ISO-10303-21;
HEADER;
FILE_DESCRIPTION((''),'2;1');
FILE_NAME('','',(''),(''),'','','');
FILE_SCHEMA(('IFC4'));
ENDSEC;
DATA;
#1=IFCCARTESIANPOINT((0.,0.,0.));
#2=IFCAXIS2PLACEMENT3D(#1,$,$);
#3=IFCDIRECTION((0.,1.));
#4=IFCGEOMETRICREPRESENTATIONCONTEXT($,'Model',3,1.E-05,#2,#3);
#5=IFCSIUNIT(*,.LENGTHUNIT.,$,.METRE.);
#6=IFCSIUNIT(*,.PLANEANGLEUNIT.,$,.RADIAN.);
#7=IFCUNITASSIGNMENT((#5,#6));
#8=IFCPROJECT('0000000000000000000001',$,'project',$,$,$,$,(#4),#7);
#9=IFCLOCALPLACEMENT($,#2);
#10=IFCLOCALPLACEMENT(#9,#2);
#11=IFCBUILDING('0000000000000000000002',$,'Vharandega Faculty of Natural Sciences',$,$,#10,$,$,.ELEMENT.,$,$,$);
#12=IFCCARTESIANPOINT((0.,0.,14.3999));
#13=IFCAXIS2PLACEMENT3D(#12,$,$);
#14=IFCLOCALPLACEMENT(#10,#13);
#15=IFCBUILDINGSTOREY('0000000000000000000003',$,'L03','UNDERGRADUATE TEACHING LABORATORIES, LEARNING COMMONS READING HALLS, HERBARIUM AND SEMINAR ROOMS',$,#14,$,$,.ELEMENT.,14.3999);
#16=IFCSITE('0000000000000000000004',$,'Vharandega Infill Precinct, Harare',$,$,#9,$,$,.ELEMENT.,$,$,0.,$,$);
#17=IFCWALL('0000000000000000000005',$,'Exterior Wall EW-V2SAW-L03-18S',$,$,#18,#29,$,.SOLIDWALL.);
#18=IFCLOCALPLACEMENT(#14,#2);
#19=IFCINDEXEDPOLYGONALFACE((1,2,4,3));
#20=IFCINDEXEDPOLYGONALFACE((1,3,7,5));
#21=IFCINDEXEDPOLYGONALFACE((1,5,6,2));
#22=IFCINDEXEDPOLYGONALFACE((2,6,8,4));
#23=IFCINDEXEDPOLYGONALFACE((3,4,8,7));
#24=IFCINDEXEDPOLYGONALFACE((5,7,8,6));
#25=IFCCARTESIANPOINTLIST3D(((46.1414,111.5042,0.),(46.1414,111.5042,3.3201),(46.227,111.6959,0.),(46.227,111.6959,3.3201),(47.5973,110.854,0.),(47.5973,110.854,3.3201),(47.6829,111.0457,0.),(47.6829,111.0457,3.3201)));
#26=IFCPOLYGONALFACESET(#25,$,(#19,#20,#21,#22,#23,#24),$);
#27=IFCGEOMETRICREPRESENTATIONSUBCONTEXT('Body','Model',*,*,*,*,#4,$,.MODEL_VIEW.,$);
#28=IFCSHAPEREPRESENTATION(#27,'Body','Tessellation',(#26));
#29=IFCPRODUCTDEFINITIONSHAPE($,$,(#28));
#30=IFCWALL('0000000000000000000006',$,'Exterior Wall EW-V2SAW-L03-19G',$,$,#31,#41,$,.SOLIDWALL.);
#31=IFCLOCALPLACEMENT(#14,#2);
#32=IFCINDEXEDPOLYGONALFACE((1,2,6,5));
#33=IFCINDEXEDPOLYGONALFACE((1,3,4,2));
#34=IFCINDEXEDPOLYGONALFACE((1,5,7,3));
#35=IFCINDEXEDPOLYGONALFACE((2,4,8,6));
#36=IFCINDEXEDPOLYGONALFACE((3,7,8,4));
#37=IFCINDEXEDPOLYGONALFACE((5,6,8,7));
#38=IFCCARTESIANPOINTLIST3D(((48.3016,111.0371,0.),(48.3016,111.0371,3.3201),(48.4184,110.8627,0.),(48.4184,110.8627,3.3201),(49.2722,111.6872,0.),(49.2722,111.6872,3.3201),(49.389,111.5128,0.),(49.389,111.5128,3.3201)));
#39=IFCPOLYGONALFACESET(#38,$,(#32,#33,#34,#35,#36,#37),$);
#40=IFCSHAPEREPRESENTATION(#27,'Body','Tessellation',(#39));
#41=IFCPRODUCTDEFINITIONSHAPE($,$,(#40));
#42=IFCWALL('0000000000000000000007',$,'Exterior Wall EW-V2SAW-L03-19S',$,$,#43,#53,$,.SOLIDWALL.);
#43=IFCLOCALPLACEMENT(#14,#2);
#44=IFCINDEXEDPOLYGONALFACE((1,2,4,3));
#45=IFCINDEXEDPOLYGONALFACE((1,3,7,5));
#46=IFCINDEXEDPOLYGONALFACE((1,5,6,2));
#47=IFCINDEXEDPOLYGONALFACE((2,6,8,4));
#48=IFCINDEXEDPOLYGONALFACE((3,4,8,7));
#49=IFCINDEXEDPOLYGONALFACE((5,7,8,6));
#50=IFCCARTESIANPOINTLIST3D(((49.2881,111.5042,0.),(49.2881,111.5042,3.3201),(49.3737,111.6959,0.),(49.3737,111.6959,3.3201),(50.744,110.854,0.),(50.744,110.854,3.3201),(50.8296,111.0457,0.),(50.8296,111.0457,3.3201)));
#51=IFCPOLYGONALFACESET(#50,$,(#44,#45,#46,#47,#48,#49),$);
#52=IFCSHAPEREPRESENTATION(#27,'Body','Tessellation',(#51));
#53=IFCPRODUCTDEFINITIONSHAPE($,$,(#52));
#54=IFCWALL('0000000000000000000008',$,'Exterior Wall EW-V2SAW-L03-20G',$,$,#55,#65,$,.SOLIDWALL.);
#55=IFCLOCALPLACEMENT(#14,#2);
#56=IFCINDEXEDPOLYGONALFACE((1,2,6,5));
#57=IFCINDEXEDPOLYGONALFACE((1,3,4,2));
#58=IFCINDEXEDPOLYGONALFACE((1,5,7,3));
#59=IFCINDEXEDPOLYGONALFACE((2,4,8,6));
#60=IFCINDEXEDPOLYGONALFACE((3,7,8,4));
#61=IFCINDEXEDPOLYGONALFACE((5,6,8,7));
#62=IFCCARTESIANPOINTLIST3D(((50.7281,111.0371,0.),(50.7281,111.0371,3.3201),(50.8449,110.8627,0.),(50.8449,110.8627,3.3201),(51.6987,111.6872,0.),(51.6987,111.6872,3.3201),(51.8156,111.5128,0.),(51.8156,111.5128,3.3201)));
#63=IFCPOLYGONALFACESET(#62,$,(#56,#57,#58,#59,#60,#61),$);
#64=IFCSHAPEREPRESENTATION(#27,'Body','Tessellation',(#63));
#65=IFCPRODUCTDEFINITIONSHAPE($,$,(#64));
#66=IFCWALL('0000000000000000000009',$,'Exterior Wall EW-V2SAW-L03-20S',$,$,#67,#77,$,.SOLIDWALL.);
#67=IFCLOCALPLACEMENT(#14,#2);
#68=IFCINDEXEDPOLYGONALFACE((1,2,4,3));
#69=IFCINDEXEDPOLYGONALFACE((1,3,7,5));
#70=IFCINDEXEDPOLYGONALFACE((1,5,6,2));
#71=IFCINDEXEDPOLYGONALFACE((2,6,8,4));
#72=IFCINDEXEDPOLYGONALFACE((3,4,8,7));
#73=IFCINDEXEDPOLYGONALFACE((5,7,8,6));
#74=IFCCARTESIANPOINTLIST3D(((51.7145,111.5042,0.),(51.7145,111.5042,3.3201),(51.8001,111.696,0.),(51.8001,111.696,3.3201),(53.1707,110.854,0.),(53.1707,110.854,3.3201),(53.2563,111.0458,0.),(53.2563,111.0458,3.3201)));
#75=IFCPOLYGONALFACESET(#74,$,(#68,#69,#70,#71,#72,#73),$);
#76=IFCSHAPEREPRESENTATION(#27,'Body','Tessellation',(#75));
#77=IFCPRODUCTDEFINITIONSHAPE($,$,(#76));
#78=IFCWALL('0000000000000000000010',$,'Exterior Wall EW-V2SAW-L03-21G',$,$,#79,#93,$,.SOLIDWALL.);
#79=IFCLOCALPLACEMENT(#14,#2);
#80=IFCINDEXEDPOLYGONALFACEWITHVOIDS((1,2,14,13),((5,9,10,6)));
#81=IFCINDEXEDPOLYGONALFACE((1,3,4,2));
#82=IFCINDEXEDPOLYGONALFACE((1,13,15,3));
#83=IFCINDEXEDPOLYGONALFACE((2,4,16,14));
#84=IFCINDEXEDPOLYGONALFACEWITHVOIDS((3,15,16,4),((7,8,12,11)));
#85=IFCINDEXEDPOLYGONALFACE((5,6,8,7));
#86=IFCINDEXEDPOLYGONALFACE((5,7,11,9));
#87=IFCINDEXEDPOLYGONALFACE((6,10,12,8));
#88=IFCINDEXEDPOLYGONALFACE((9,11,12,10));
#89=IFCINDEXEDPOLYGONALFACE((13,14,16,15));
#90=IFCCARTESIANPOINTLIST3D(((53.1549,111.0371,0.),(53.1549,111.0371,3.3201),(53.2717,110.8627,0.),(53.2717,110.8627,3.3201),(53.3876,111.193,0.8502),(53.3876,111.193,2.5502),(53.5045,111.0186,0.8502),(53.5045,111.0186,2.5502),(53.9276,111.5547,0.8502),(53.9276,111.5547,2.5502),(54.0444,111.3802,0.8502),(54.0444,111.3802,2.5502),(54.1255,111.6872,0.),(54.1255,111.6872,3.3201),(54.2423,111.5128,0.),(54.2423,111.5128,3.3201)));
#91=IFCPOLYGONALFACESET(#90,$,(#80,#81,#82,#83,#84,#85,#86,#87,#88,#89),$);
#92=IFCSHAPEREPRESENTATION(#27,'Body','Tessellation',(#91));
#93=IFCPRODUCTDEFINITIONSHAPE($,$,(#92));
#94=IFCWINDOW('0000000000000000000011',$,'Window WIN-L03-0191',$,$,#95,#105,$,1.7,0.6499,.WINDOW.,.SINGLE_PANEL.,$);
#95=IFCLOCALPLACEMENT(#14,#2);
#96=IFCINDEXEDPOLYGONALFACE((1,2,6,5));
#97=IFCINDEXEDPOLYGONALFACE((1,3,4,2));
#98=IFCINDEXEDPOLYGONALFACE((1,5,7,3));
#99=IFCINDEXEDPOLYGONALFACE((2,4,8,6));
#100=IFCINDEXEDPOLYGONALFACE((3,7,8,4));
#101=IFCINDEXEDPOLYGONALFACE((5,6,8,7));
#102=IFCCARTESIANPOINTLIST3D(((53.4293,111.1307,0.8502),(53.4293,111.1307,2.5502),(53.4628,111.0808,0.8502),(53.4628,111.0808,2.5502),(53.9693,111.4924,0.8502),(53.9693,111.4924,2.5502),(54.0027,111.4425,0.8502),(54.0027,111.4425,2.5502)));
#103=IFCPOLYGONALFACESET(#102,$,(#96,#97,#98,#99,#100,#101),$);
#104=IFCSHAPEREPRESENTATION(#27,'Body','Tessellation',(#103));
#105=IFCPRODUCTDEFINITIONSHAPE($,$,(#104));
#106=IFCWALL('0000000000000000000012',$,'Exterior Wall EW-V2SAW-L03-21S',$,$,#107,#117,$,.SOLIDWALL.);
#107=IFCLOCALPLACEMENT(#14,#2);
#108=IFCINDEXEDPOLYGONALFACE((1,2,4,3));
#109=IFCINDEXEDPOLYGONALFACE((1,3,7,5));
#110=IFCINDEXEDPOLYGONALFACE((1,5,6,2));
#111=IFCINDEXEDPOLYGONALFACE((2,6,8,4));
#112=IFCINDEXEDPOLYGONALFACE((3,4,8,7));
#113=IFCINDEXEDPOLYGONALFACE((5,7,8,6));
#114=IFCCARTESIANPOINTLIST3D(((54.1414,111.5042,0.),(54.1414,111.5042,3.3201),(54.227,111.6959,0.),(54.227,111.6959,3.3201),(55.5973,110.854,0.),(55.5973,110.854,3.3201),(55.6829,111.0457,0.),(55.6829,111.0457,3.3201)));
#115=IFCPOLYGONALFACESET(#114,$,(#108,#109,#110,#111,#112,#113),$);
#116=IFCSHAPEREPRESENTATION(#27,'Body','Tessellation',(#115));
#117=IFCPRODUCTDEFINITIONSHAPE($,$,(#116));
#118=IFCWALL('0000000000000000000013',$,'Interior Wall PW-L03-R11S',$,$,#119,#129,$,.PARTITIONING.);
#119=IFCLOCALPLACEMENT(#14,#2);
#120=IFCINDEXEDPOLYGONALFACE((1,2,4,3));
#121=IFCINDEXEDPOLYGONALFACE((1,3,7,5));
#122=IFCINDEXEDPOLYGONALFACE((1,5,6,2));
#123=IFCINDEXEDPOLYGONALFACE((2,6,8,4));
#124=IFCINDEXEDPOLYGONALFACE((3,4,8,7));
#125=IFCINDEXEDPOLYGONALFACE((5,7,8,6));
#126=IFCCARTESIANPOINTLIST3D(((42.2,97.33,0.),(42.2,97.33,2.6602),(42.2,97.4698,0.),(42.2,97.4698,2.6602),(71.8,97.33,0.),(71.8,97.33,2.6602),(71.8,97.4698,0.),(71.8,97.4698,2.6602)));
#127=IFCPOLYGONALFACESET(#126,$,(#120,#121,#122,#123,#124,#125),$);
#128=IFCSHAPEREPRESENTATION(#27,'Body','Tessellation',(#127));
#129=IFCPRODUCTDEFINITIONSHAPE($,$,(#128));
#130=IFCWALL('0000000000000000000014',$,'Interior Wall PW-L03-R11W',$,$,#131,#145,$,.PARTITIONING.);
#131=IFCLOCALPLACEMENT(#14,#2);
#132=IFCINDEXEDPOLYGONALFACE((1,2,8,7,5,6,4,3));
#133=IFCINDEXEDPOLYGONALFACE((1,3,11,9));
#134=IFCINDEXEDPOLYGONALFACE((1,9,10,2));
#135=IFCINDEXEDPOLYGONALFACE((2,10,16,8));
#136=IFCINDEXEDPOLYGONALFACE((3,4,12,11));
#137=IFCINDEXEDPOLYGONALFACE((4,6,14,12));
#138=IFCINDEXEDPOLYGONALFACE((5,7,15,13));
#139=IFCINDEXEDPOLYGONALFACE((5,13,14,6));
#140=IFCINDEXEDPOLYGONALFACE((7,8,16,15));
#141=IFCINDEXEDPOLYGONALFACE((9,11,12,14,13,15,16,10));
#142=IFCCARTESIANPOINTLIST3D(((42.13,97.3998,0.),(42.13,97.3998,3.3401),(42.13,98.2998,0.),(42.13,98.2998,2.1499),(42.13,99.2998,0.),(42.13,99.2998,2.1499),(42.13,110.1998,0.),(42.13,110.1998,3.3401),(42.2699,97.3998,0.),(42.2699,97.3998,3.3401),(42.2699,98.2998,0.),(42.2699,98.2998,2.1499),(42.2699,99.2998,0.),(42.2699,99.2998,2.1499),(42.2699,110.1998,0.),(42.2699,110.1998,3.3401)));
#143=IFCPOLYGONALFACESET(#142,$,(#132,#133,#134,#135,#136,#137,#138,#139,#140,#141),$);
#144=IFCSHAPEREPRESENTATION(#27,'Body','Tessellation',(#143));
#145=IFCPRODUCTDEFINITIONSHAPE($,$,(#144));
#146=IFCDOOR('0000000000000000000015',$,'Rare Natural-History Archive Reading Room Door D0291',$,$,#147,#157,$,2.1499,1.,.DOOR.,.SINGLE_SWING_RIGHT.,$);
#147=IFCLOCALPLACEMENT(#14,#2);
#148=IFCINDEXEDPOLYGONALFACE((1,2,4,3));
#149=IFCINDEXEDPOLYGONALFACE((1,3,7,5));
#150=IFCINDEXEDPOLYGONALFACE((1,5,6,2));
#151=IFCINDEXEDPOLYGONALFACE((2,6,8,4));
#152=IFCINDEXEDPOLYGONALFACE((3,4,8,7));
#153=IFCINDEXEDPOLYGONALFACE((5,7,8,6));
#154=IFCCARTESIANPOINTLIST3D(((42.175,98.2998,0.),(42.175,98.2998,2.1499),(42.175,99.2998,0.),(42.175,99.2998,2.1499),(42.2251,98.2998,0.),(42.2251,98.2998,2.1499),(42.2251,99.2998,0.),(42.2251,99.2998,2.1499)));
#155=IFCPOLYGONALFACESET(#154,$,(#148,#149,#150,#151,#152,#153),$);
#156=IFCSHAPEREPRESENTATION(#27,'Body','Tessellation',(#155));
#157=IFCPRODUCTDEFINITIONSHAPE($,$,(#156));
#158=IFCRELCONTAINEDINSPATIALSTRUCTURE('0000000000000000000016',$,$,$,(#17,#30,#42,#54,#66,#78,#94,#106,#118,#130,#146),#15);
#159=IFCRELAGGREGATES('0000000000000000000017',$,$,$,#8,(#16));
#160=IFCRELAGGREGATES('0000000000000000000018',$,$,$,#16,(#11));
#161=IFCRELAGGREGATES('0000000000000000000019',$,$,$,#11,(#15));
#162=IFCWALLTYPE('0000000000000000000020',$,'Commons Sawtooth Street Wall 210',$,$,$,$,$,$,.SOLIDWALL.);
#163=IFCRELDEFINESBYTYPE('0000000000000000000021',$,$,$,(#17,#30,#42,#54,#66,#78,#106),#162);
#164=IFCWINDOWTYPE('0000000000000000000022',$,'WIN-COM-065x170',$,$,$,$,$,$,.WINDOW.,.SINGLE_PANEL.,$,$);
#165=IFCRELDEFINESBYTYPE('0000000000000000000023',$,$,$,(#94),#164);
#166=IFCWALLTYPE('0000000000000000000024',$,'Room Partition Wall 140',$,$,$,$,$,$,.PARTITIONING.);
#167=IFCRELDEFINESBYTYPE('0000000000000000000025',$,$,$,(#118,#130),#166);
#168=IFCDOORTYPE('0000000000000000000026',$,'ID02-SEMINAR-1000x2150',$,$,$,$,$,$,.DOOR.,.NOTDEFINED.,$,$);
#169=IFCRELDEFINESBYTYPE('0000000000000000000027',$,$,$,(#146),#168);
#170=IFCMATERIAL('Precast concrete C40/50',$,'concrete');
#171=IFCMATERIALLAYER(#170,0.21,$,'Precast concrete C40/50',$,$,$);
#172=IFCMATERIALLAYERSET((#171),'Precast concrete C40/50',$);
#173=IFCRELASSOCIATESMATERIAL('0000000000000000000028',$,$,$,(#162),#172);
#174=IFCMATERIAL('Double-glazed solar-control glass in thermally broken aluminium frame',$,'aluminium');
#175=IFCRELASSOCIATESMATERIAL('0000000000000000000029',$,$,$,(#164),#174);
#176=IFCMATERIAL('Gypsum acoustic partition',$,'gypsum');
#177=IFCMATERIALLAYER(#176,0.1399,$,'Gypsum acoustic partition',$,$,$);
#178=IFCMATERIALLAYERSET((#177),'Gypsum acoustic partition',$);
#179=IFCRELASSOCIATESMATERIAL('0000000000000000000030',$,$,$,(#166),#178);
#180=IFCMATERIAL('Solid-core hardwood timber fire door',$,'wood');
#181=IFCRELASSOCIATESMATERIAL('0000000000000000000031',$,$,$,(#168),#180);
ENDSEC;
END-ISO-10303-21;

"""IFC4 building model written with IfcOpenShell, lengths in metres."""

from ifc_helpers import new_model, si_unit, direction, frame, frame_2d, origin, place, context, subcontext, project, spatial, rectangle, extrude, material, layer, layer_set, type_object, element, fill, save


model = new_model("IFC4")

# Units and contexts
model_context = context("Model", 3, precision=1e-05, world=origin(), true_north=direction((0.0, 1.0)))
body_context = subcontext(model_context, "Body", "Model", "MODEL_VIEW")
ifc_project = project(units=[si_unit("LENGTHUNIT", "METRE"), si_unit("PLANEANGLEUNIT", "RADIAN")], contexts=[model_context])

# Site, building, storey
site_placement = place(None, origin())
site = spatial("IfcSite", under=ifc_project, at=site_placement, Name="Vharandega Infill Precinct, Harare", CompositionType="ELEMENT", RefElevation=0.0)
building_placement = place(site_placement, origin())
building = spatial("IfcBuilding", under=site, at=building_placement, Name="Vharandega Faculty of Natural Sciences", CompositionType="ELEMENT")
storey_placement = place(building_placement, frame((0.0, 0.0, 14.3999)))
storey = spatial("IfcBuildingStorey", under=building, at=storey_placement, Name="L03", Description="UNDERGRADUATE TEACHING LABORATORIES, LEARNING COMMONS READING HALLS, HERBARIUM AND SEMINAR ROOMS", CompositionType="ELEMENT", Elevation=14.3999)

# Shared definitions
ifc_material_1 = material(Name="Precast concrete C40/50", Category="concrete")
ifc_layer_1 = layer(ifc_material_1, 0.21, Name="Precast concrete C40/50")
ifc_layer_set_1 = layer_set([ifc_layer_1], Name="Precast concrete C40/50")
wall_type_1 = type_object("IfcWallType", Name="Commons Sawtooth Street Wall 210", PredefinedType="SOLIDWALL", material=ifc_layer_set_1)

# Shared definitions
ifc_material_2 = material(Name="Double-glazed solar-control glass in thermally broken aluminium frame", Category="aluminium")
window_type = type_object("IfcWindowType", Name="WIN-COM-065x170", PartitioningType="SINGLE_PANEL", PredefinedType="WINDOW", material=ifc_material_2)

# Walls
wall_1_placement = place(storey_placement, frame((46.1841, 111.6001, 0.0), z_axis=(0.0, 0.0, 1.0), x_axis=(0.913084, -0.407772, 0.0)))
element("IfcWall", 1, at=wall_1_placement, inside=storey, type_object=wall_type_1, Name="Exterior Wall EW-V2SAW-L03-18S", PredefinedType="SOLIDWALL", context=body_context, shape_type="SweptSolid", body=[
    extrude(rectangle(XDim=1.5945, YDim=0.21, at=frame_2d((0.7974, 0.0))), origin(), (0.0, 0.0, 1.0), 3.3201),
])
wall_2_placement = place(storey_placement, frame((48.3601, 110.95, 0.0), z_axis=(0.0, 0.0, 1.0), x_axis=(0.830859, 0.556483, 0.0)))
element("IfcWall", 2, at=wall_2_placement, inside=storey, type_object=wall_type_1, Name="Exterior Wall EW-V2SAW-L03-19G", PredefinedType="SOLIDWALL", context=body_context, shape_type="SweptSolid", body=[
    extrude(rectangle(XDim=1.1682, YDim=0.21, at=frame_2d((0.584, 0.0))), origin(), (0.0, 0.0, 1.0), 3.3201),
])
wall_3_placement = place(storey_placement, frame((49.3308, 111.6001, 0.0), z_axis=(0.0, 0.0, 1.0), x_axis=(0.913084, -0.407772, 0.0)))
element("IfcWall", 3, at=wall_3_placement, inside=storey, type_object=wall_type_1, Name="Exterior Wall EW-V2SAW-L03-19S", PredefinedType="SOLIDWALL", context=body_context, shape_type="SweptSolid", body=[
    extrude(rectangle(XDim=1.5945, YDim=0.21, at=frame_2d((0.7974, 0.0))), origin(), (0.0, 0.0, 1.0), 3.3201),
])
wall_4_placement = place(storey_placement, frame((50.7866, 110.95, 0.0), z_axis=(0.0, 0.0, 1.0), x_axis=(0.830859, 0.556483, 0.0)))
element("IfcWall", 4, at=wall_4_placement, inside=storey, type_object=wall_type_1, Name="Exterior Wall EW-V2SAW-L03-20G", PredefinedType="SOLIDWALL", context=body_context, shape_type="SweptSolid", body=[
    extrude(rectangle(XDim=1.1682, YDim=0.21, at=frame_2d((0.584, 0.0))), origin(), (0.0, 0.0, 1.0), 3.3201),
])
wall_5_placement = place(storey_placement, frame((51.7573, 111.6001, 0.0), z_axis=(0.0, 0.0, 1.0), x_axis=(0.913109, -0.407715, 0.0)))
element("IfcWall", 5, at=wall_5_placement, inside=storey, type_object=wall_type_1, Name="Exterior Wall EW-V2SAW-L03-20S", PredefinedType="SOLIDWALL", context=body_context, shape_type="SweptSolid", body=[
    extrude(rectangle(XDim=1.5947, YDim=0.21, at=frame_2d((0.7974, 0.0))), origin(), (0.0, 0.0, 1.0), 3.3201),
])

# Wall, opening, window
wall_6_placement = place(storey_placement, frame((53.2134, 110.95, 0.0), z_axis=(0.0, 0.0, 1.0), x_axis=(0.830859, 0.556483, 0.0)))
wall_6 = element("IfcWall", 6, at=wall_6_placement, inside=storey, type_object=wall_type_1, Name="Exterior Wall EW-V2SAW-L03-21G", PredefinedType="SOLIDWALL", context=body_context, shape_type="SweptSolid", body=[
    extrude(rectangle(XDim=1.1682, YDim=0.21, at=frame_2d((0.584, 0.0))), origin(), (0.0, 0.0, 1.0), 3.3201),
])
opening_1_placement = place(wall_6_placement, frame((0.28, 0.0, 0.8501)))
opening_1 = element("IfcOpeningElement", 7, at=opening_1_placement, cuts=wall_6, PredefinedType="OPENING", context=body_context, shape_type="SweptSolid", body=[
    extrude(rectangle(XDim=0.6499, YDim=1.7, at=frame_2d((0.325, 0.8501))), frame((0.0, 0.115, 0.0), z_axis=(0.0, -1.0, 0.0), x_axis=(1.0, 0.0, 0.0)), (0.0, 0.0, 1.0), 0.23),
])
window_1_placement = place(opening_1_placement, origin())
window_1 = element("IfcWindow", 8, at=window_1_placement, inside=storey, type_object=window_type, Name="Window WIN-L03-0191", OverallHeight=1.7, OverallWidth=0.6499, PartitioningType="SINGLE_PANEL", PredefinedType="WINDOW", context=body_context, shape_type="SweptSolid", body=[
    extrude(rectangle(XDim=0.6499, YDim=1.7, at=frame_2d((0.325, 0.8501))), frame((0.0, 0.03, 0.0), z_axis=(0.0, -1.0, 0.0), x_axis=(1.0, 0.0, 0.0)), (0.0, 0.0, 1.0), 0.0601),
])
fill(opening_1, window_1)

# Walls
wall_7_placement = place(storey_placement, frame((54.1841, 111.6001, 0.0), z_axis=(0.0, 0.0, 1.0), x_axis=(0.913084, -0.407772, 0.0)))
element("IfcWall", 9, at=wall_7_placement, inside=storey, type_object=wall_type_1, Name="Exterior Wall EW-V2SAW-L03-21S", PredefinedType="SOLIDWALL", context=body_context, shape_type="SweptSolid", body=[
    extrude(rectangle(XDim=1.5945, YDim=0.21, at=frame_2d((0.7974, 0.0))), origin(), (0.0, 0.0, 1.0), 3.3201),
])
ifc_material_3 = material(Name="Gypsum acoustic partition", Category="gypsum")
ifc_layer_2 = layer(ifc_material_3, 0.1399, Name="Gypsum acoustic partition")
ifc_layer_set_2 = layer_set([ifc_layer_2], Name="Gypsum acoustic partition")
wall_type_2 = type_object("IfcWallType", Name="Room Partition Wall 140", PredefinedType="PARTITIONING", material=ifc_layer_set_2)
wall_8_placement = place(storey_placement, frame((42.2, 97.3999, 0.0), z_axis=(0.0, 0.0, 1.0), x_axis=(1.0, 0.0, 0.0)))
element("IfcWall", 10, at=wall_8_placement, inside=storey, type_object=wall_type_2, Name="Interior Wall PW-L03-R11S", PredefinedType="PARTITIONING", context=body_context, shape_type="SweptSolid", body=[
    extrude(rectangle(XDim=29.6001, YDim=0.1399, at=frame_2d((14.8, 0.0))), origin(), (0.0, 0.0, 1.0), 2.6602),
])

# Wall, opening, door
wall_9_placement = place(storey_placement, frame((42.2, 97.3999, 0.0), z_axis=(0.0, 0.0, 1.0), x_axis=(0.0, 1.0, 0.0)))
wall_9 = element("IfcWall", 11, at=wall_9_placement, inside=storey, type_object=wall_type_2, Name="Interior Wall PW-L03-R11W", PredefinedType="PARTITIONING", context=body_context, shape_type="SweptSolid", body=[
    extrude(rectangle(XDim=12.8, YDim=0.1399, at=frame_2d((6.3999, 0.0))), origin(), (0.0, 0.0, 1.0), 3.3401),
])
opening_2_placement = place(wall_9_placement, frame((0.8999, 0.0, 0.0)))
opening_2 = element("IfcOpeningElement", 12, at=opening_2_placement, cuts=wall_9, PredefinedType="OPENING", context=body_context, shape_type="SweptSolid", body=[
    extrude(rectangle(XDim=1.0, YDim=2.1499, at=frame_2d((0.5, 1.075))), frame((0.0, 0.0801, 0.0), z_axis=(0.0, -1.0, 0.0), x_axis=(1.0, 0.0, 0.0)), (0.0, 0.0, 1.0), 0.1599),
])
ifc_material_4 = material(Name="Solid-core hardwood timber fire door", Category="wood")
door_type = type_object("IfcDoorType", Name="ID02-SEMINAR-1000x2150", OperationType="NOTDEFINED", PredefinedType="DOOR", material=ifc_material_4)
door_placement = place(opening_2_placement, origin())
door = element("IfcDoor", 13, at=door_placement, inside=storey, type_object=door_type, Name="Rare Natural-History Archive Reading Room Door D0291", OperationType="SINGLE_SWING_RIGHT", OverallHeight=2.1499, OverallWidth=1.0, PredefinedType="DOOR", context=body_context, shape_type="SweptSolid", body=[
    extrude(rectangle(XDim=1.0, YDim=2.1499, at=frame_2d((0.5, 1.075))), frame((0.0, 0.0249, 0.0), z_axis=(0.0, -1.0, 0.0), x_axis=(1.0, 0.0, 0.0)), (0.0, 0.0, 1.0), 0.05),
])
fill(opening_2, door)

save(model, "model.ifc")
